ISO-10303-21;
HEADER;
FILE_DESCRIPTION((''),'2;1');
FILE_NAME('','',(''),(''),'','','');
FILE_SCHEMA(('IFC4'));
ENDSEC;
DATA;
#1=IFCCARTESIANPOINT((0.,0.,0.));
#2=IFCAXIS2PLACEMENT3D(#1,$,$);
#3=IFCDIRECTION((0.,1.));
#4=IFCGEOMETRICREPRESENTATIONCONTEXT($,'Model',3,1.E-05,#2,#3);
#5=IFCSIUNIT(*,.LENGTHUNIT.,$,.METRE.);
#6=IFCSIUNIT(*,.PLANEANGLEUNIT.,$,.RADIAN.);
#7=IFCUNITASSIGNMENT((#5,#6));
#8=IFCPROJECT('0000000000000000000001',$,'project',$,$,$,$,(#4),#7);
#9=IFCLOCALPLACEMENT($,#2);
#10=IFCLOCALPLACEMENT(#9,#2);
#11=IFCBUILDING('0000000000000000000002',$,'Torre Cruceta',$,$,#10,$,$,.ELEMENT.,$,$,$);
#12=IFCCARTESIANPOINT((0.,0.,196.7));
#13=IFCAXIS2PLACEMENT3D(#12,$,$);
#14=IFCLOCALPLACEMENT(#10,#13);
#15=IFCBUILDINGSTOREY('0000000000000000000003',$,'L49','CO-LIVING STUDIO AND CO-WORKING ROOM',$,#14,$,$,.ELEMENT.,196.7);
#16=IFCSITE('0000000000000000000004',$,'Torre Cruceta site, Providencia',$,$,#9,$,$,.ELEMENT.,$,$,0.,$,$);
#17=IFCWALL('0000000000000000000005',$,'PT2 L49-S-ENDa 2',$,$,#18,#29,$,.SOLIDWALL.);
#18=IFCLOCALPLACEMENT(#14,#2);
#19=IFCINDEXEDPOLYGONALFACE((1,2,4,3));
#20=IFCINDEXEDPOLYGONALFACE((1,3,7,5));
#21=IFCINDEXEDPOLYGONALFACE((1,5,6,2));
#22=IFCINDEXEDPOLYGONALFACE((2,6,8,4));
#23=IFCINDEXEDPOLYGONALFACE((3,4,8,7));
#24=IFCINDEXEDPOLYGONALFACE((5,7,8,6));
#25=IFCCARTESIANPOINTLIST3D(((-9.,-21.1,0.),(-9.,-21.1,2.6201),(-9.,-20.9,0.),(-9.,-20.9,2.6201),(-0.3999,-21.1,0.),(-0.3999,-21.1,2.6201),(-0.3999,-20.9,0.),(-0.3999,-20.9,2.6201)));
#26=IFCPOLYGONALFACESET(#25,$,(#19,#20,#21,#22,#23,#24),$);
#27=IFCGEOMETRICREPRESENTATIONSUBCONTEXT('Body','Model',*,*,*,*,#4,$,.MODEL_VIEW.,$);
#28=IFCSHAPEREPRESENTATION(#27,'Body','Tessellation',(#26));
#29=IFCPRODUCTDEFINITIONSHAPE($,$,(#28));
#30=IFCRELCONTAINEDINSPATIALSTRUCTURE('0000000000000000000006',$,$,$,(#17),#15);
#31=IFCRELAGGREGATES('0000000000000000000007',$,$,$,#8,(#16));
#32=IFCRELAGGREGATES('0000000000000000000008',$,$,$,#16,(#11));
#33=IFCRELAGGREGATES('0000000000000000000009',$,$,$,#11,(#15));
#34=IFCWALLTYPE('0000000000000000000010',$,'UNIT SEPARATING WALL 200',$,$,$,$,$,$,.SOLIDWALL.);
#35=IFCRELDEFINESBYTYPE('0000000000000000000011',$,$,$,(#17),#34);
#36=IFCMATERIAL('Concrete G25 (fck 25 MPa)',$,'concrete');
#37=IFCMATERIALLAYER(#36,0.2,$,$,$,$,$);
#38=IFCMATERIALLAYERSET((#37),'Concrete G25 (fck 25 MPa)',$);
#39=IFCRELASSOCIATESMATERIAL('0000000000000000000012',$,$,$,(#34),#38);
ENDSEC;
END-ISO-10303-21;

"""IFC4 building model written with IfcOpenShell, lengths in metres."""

from ifc_helpers import new_model, si_unit, direction, frame, frame_2d, origin, place, context, subcontext, project, spatial, rectangle, extrude, material, layer, layer_set, type_object, element, save


model = new_model("IFC4")

# Units and contexts
model_context = context("Model", 3, precision=1e-05, world=origin(), true_north=direction((0.0, 1.0)))
body_context = subcontext(model_context, "Body", "Model", "MODEL_VIEW")
ifc_project = project(units=[si_unit("LENGTHUNIT", "METRE"), si_unit("PLANEANGLEUNIT", "RADIAN")], contexts=[model_context])

# Site, building, storey
site_placement = place(None, origin())
site = spatial("IfcSite", under=ifc_project, at=site_placement, Name="Torre Cruceta site, Providencia", CompositionType="ELEMENT", RefElevation=0.0)
building_placement = place(site_placement, origin())
building = spatial("IfcBuilding", under=site, at=building_placement, Name="Torre Cruceta", CompositionType="ELEMENT")
storey_placement = place(building_placement, frame((0.0, 0.0, 196.7)))
storey = spatial("IfcBuildingStorey", under=building, at=storey_placement, Name="L49", Description="CO-LIVING STUDIO AND CO-WORKING ROOM", CompositionType="ELEMENT", Elevation=196.7)

# Wall
ifc_material_1 = material(Name="Concrete G25 (fck 25 MPa)", Category="concrete")
ifc_layer_1 = layer(ifc_material_1, 0.2)
ifc_layer_set_1 = layer_set([ifc_layer_1], Name="Concrete G25 (fck 25 MPa)")
wall_type_1 = type_object("IfcWallType", Name="UNIT SEPARATING WALL 200", PredefinedType="SOLIDWALL", material=ifc_layer_set_1)
wall_1_placement = place(storey_placement, frame((-9.0, -21.0, 0.0), z_axis=(0.0, 0.0, 1.0), x_axis=(1.0, 0.0, 0.0)))
element("IfcWall", 1, at=wall_1_placement, inside=storey, type_object=wall_type_1, Name="PT2 L49-S-ENDa 2", PredefinedType="SOLIDWALL", context=body_context, shape_type="SweptSolid", body=[
    extrude(rectangle(XDim=8.6001, YDim=0.2, at=frame_2d((4.3, 0.0))), origin(), (0.0, 0.0, 1.0), 2.6201),
])

save(model, "model.ifc")
